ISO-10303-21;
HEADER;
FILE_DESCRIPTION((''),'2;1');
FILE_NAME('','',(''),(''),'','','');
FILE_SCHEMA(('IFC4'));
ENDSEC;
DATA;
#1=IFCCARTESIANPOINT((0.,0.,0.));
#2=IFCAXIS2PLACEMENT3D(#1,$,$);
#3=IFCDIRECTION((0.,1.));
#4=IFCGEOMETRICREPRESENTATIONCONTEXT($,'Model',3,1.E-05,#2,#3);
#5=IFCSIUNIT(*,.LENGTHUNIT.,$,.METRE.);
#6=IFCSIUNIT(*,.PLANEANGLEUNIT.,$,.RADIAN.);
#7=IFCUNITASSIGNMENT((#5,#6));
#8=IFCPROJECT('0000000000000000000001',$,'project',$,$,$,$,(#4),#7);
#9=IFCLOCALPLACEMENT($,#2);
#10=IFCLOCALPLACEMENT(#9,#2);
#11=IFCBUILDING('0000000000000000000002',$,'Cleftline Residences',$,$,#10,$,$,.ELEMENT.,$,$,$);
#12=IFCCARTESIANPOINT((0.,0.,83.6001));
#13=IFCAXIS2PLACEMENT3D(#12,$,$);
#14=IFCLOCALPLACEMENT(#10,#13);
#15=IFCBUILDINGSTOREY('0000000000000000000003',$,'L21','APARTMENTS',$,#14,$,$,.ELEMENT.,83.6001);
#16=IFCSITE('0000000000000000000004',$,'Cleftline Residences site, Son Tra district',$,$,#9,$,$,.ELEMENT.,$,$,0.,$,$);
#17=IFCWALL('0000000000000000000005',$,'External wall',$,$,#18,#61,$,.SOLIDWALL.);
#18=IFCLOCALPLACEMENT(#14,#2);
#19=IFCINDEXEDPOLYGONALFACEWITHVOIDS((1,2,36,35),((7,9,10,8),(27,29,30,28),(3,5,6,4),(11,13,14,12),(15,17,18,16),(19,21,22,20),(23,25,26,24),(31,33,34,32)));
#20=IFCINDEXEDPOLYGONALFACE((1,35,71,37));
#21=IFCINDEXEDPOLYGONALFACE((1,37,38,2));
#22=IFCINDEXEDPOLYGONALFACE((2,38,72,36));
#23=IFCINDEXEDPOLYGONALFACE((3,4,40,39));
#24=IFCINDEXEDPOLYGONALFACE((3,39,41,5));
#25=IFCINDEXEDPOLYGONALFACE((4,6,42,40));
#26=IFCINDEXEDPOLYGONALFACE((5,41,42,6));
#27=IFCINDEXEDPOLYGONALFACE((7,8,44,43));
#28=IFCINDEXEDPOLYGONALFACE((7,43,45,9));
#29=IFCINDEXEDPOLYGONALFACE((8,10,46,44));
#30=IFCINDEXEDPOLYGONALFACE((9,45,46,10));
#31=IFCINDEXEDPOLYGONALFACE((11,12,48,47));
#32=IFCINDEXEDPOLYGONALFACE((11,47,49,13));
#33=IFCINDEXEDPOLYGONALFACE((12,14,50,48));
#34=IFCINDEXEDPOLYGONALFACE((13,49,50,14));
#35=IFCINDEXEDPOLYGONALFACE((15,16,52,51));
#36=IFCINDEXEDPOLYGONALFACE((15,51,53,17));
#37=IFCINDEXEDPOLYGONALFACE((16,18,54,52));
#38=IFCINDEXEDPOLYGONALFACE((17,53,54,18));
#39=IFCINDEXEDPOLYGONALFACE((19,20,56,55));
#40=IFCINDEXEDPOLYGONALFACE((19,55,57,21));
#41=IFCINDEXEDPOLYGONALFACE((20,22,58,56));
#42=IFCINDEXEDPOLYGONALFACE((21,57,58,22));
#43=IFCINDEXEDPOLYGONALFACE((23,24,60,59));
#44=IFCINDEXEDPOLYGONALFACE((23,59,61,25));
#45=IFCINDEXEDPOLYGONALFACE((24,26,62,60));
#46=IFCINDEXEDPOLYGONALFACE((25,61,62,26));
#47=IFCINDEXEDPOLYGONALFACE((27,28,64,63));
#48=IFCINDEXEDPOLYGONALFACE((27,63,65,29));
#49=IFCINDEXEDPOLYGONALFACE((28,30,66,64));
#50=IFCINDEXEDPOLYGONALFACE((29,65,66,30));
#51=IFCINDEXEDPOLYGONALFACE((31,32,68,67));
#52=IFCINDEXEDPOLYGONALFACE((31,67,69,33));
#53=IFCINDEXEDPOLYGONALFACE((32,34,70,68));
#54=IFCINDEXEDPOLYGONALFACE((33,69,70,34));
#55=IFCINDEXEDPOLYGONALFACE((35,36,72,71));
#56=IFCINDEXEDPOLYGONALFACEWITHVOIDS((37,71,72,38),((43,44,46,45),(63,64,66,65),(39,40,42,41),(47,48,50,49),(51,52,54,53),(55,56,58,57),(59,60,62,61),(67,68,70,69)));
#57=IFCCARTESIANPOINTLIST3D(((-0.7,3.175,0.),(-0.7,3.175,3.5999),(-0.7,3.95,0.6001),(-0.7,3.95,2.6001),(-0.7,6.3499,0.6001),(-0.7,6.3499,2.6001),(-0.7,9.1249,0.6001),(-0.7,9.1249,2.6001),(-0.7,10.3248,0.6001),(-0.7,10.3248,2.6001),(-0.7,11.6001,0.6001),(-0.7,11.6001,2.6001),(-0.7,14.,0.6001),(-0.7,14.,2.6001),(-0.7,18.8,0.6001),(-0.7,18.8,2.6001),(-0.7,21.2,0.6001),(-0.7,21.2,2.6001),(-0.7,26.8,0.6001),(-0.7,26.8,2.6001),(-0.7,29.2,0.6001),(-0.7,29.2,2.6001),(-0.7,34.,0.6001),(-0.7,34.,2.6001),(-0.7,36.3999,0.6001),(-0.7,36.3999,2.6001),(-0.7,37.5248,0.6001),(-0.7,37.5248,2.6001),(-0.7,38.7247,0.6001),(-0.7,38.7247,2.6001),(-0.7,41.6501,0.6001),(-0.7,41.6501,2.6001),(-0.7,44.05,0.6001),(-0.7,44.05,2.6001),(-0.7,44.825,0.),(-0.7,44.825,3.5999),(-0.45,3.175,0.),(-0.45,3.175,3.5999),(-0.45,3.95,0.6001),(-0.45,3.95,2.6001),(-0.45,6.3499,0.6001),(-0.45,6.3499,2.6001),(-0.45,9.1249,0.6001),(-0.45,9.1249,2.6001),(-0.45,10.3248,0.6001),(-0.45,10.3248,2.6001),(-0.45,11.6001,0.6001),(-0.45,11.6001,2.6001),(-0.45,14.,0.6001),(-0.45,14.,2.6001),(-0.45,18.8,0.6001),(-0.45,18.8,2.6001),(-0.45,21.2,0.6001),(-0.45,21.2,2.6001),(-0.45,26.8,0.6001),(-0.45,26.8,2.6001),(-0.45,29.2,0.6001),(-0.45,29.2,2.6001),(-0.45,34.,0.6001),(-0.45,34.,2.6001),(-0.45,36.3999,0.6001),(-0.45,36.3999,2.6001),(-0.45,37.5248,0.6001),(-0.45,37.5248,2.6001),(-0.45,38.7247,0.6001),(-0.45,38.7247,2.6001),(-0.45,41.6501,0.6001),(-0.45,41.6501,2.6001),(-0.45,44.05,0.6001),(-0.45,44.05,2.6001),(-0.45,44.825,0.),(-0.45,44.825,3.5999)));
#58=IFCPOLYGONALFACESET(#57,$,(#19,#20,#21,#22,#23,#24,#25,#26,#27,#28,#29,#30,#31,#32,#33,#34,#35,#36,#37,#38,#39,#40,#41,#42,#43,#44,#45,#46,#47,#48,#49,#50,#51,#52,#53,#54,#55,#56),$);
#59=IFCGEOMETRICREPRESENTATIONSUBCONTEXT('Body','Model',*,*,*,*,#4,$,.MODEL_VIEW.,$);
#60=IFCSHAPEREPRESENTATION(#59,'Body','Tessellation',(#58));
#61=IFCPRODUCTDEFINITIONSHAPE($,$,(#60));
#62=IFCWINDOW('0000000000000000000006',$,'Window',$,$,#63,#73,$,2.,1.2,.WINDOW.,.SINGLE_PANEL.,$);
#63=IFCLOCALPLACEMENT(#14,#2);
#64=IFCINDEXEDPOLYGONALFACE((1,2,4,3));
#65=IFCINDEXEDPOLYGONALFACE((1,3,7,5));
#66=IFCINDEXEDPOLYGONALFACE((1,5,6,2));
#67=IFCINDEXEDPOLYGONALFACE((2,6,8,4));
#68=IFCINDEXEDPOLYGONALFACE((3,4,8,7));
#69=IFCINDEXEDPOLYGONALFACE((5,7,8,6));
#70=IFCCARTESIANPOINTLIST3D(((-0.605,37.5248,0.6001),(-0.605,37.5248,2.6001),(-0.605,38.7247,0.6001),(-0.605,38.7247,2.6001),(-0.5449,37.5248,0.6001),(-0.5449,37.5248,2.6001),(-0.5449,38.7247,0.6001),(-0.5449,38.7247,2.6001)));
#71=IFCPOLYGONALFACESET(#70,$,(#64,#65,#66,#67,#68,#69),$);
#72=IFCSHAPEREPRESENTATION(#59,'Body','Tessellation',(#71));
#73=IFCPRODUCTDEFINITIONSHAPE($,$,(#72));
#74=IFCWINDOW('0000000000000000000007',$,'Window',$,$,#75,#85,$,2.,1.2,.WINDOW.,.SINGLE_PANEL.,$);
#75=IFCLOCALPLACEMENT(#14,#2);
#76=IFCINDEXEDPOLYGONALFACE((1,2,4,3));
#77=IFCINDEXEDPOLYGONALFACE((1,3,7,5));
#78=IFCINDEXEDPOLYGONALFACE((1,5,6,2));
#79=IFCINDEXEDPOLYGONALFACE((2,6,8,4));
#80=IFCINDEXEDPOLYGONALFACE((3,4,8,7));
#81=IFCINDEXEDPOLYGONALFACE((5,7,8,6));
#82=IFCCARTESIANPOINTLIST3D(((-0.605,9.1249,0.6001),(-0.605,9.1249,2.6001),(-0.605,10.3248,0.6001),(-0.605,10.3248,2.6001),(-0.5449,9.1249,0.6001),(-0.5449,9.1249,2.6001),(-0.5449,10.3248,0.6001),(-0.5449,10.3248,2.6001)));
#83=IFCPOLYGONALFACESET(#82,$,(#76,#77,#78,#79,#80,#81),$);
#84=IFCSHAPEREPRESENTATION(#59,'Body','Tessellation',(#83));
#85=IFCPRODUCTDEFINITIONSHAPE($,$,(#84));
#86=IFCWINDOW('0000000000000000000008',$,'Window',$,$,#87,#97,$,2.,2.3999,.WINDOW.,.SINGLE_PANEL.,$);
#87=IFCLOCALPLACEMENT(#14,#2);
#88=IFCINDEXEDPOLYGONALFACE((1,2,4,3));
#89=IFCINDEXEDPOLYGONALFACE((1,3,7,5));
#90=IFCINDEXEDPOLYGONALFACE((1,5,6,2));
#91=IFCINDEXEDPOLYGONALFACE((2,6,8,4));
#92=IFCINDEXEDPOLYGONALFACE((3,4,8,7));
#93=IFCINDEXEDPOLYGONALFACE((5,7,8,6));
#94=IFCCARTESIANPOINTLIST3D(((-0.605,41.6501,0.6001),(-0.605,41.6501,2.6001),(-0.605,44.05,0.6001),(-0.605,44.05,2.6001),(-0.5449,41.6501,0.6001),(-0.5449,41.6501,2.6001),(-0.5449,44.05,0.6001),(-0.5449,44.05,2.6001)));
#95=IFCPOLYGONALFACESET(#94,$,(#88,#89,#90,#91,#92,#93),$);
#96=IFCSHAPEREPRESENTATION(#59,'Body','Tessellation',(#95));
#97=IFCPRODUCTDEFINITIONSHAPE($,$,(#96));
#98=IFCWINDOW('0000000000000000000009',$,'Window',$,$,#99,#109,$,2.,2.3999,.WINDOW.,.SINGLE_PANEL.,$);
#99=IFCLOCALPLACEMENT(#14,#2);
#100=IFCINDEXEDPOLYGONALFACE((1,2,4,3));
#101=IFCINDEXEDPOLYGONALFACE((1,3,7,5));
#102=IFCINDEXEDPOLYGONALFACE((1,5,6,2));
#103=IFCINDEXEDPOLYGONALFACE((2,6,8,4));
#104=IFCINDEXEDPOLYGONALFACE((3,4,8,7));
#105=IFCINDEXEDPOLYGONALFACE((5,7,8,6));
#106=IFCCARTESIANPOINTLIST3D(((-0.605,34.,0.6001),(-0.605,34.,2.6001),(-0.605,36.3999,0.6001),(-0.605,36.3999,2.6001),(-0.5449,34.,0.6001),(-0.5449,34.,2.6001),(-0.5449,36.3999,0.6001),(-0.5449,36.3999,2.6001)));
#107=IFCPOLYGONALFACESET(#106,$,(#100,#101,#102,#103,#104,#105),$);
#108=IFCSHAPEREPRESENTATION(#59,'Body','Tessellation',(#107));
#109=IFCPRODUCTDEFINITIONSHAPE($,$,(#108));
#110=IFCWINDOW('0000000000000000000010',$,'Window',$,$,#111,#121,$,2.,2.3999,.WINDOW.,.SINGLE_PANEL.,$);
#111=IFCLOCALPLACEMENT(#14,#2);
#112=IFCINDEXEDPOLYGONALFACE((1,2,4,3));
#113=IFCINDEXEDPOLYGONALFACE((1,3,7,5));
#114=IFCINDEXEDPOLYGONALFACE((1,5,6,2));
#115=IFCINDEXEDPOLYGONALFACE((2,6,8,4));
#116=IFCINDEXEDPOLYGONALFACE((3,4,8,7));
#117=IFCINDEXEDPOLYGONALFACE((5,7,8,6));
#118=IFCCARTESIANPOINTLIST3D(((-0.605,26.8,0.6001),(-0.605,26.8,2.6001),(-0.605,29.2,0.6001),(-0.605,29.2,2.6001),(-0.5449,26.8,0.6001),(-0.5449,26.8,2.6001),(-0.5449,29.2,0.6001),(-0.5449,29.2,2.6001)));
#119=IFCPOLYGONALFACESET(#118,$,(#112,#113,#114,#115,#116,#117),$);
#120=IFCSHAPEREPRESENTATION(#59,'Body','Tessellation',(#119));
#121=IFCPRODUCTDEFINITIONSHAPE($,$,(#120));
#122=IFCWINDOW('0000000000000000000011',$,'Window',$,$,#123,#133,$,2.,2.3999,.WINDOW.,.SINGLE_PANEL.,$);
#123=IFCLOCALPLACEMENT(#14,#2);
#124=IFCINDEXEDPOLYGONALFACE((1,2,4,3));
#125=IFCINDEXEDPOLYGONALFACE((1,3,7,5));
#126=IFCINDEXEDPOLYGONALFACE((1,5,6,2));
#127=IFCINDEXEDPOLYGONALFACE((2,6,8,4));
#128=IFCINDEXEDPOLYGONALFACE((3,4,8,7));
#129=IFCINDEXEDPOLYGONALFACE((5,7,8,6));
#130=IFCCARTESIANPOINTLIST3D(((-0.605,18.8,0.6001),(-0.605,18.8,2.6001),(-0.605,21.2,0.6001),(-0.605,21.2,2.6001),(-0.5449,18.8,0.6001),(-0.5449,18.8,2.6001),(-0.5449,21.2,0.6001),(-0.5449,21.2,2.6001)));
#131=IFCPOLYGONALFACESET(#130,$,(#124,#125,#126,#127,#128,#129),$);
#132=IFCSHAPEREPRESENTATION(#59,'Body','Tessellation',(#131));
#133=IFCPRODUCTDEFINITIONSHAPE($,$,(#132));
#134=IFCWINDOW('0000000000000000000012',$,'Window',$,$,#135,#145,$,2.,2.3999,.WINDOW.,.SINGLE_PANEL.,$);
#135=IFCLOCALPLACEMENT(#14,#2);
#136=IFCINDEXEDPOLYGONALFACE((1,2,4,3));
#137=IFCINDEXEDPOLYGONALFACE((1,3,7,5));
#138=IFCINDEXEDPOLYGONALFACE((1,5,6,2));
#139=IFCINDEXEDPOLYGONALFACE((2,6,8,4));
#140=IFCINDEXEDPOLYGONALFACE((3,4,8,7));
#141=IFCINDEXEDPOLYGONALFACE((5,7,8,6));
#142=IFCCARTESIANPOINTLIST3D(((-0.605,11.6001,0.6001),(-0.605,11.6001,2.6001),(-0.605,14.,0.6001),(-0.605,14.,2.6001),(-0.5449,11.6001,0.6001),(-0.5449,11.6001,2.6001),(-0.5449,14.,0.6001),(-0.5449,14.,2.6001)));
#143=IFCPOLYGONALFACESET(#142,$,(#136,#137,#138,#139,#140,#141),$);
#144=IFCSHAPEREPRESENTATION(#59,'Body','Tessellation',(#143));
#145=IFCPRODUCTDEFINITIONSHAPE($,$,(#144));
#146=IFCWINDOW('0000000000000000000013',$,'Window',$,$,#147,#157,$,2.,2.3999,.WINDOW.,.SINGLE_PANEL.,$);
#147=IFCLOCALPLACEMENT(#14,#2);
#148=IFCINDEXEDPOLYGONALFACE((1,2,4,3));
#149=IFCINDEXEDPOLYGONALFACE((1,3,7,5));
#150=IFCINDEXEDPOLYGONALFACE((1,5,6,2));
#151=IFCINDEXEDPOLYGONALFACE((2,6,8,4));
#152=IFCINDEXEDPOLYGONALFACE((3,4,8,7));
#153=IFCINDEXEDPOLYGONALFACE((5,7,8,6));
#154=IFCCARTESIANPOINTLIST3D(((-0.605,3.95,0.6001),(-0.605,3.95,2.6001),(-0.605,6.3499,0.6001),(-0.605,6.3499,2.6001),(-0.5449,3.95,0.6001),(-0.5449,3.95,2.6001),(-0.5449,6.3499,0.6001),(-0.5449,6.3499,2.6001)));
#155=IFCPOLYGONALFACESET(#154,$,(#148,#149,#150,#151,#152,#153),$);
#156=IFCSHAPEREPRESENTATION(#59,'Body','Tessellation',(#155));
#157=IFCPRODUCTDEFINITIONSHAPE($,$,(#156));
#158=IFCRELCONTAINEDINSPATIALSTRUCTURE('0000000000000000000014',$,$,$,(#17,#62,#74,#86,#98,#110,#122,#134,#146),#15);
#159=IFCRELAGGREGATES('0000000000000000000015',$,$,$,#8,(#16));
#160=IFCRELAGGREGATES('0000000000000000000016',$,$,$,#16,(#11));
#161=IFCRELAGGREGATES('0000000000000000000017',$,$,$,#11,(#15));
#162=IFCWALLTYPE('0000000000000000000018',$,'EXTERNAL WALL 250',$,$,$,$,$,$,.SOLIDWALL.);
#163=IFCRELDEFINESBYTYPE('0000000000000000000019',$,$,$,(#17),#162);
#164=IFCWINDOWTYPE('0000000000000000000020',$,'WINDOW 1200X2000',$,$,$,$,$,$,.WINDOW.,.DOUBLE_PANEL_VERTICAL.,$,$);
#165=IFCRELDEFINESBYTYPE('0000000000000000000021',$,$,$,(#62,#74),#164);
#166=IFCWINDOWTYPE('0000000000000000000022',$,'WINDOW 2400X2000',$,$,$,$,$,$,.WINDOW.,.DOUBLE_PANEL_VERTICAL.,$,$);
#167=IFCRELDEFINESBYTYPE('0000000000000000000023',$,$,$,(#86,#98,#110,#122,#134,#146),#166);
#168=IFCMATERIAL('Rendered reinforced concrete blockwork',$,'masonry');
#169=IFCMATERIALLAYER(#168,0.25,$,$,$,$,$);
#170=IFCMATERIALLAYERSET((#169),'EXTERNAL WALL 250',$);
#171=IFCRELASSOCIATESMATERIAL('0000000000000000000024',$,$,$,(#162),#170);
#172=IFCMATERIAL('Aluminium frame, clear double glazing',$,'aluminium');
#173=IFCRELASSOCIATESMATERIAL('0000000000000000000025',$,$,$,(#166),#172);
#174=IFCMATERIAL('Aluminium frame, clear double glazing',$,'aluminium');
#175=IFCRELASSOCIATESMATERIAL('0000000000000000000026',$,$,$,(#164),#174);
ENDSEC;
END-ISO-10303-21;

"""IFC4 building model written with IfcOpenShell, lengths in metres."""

from ifc_helpers import new_model, si_unit, direction, frame, frame_2d, origin, place, context, subcontext, project, spatial, rectangle, extrude, material, layer, layer_set, type_object, element, fill, save


model = new_model("IFC4")

# Units and contexts
model_context = context("Model", 3, precision=1e-05, world=origin(), true_north=direction((0.0, 1.0)))
body_context = subcontext(model_context, "Body", "Model", "MODEL_VIEW")
ifc_project = project(units=[si_unit("LENGTHUNIT", "METRE"), si_unit("PLANEANGLEUNIT", "RADIAN")], contexts=[model_context])

# Site, building, storey
site_placement = place(None, origin())
site = spatial("IfcSite", under=ifc_project, at=site_placement, Name="Cleftline Residences site, Son Tra district", CompositionType="ELEMENT", RefElevation=0.0)
building_placement = place(site_placement, origin())
building = spatial("IfcBuilding", under=site, at=building_placement, Name="Cleftline Residences", CompositionType="ELEMENT")
storey_placement = place(building_placement, frame((0.0, 0.0, 83.6001)))
storey = spatial("IfcBuildingStorey", under=building, at=storey_placement, Name="L21", Description="APARTMENTS", CompositionType="ELEMENT", Elevation=83.6001)

# Shared definitions
ifc_material_1 = material(Name="Rendered reinforced concrete blockwork", Category="masonry")
ifc_layer_1 = layer(ifc_material_1, 0.25)
ifc_layer_set_1 = layer_set([ifc_layer_1], Name="EXTERNAL WALL 250")
wall_type_1 = type_object("IfcWallType", Name="EXTERNAL WALL 250", PredefinedType="SOLIDWALL", material=ifc_layer_set_1)
ifc_material_2 = material(Name="Aluminium frame, clear double glazing", Category="aluminium")
window_type_1 = type_object("IfcWindowType", Name="WINDOW 2400X2000", PartitioningType="DOUBLE_PANEL_VERTICAL", PredefinedType="WINDOW", material=ifc_material_2)

# Wall, openings, windows
wall_1_placement = place(storey_placement, frame((-0.575, 44.825, 0.0), z_axis=(0.0, 0.0, 1.0), x_axis=(0.0, -1.0, 0.0)))
wall_1 = element("IfcWall", 1, at=wall_1_placement, inside=storey, type_object=wall_type_1, Name="External wall", PredefinedType="SOLIDWALL", context=body_context, shape_type="SweptSolid", body=[
    extrude(rectangle(XDim=41.6499, YDim=0.25, at=frame_2d((20.825, 0.0))), origin(), (0.0, 0.0, 1.0), 3.5999),
])
opening_1_placement = place(wall_1_placement, frame((0.7749, 0.0, 0.6001)))
opening_1 = element("IfcOpeningElement", 2, at=opening_1_placement, cuts=wall_1, PredefinedType="OPENING", context=body_context, shape_type="SweptSolid", body=[
    extrude(rectangle(XDim=2.3999, YDim=2.0, at=frame_2d((1.2, 1.0))), frame((0.0, 0.135, 0.0), z_axis=(0.0, -1.0, 0.0), x_axis=(1.0, 0.0, 0.0)), (0.0, 0.0, 1.0), 0.27),
])
opening_2_placement = place(wall_1_placement, frame((6.1001, 0.0, 0.6001)))
opening_2 = element("IfcOpeningElement", 3, at=opening_2_placement, cuts=wall_1, PredefinedType="OPENING", context=body_context, shape_type="SweptSolid", body=[
    extrude(rectangle(XDim=1.2, YDim=2.0, at=frame_2d((0.6001, 1.0))), frame((0.0, 0.135, 0.0), z_axis=(0.0, -1.0, 0.0), x_axis=(1.0, 0.0, 0.0)), (0.0, 0.0, 1.0), 0.27),
])
opening_3_placement = place(wall_1_placement, frame((8.425, 0.0, 0.6001)))
opening_3 = element("IfcOpeningElement", 4, at=opening_3_placement, cuts=wall_1, PredefinedType="OPENING", context=body_context, shape_type="SweptSolid", body=[
    extrude(rectangle(XDim=2.3999, YDim=2.0, at=frame_2d((1.2, 1.0))), frame((0.0, 0.135, 0.0), z_axis=(0.0, -1.0, 0.0), x_axis=(1.0, 0.0, 0.0)), (0.0, 0.0, 1.0), 0.27),
])
opening_4_placement = place(wall_1_placement, frame((15.625, 0.0, 0.6001)))
opening_4 = element("IfcOpeningElement", 5, at=opening_4_placement, cuts=wall_1, PredefinedType="OPENING", context=body_context, shape_type="SweptSolid", body=[
    extrude(rectangle(XDim=2.3999, YDim=2.0, at=frame_2d((1.2, 1.0))), frame((0.0, 0.135, 0.0), z_axis=(0.0, -1.0, 0.0), x_axis=(1.0, 0.0, 0.0)), (0.0, 0.0, 1.0), 0.27),
])
opening_5_placement = place(wall_1_placement, frame((23.625, 0.0, 0.6001)))
opening_5 = element("IfcOpeningElement", 6, at=opening_5_placement, cuts=wall_1, PredefinedType="OPENING", context=body_context, shape_type="SweptSolid", body=[
    extrude(rectangle(XDim=2.3999, YDim=2.0, at=frame_2d((1.2, 1.0))), frame((0.0, 0.135, 0.0), z_axis=(0.0, -1.0, 0.0), x_axis=(1.0, 0.0, 0.0)), (0.0, 0.0, 1.0), 0.27),
])
opening_6_placement = place(wall_1_placement, frame((30.825, 0.0, 0.6001)))
opening_6 = element("IfcOpeningElement", 7, at=opening_6_placement, cuts=wall_1, PredefinedType="OPENING", context=body_context, shape_type="SweptSolid", body=[
    extrude(rectangle(XDim=2.3999, YDim=2.0, at=frame_2d((1.2, 1.0))), frame((0.0, 0.135, 0.0), z_axis=(0.0, -1.0, 0.0), x_axis=(1.0, 0.0, 0.0)), (0.0, 0.0, 1.0), 0.27),
])
opening_7_placement = place(wall_1_placement, frame((34.5, 0.0, 0.6001)))
opening_7 = element("IfcOpeningElement", 8, at=opening_7_placement, cuts=wall_1, PredefinedType="OPENING", context=body_context, shape_type="SweptSolid", body=[
    extrude(rectangle(XDim=1.2, YDim=2.0, at=frame_2d((0.6001, 1.0))), frame((0.0, 0.135, 0.0), z_axis=(0.0, -1.0, 0.0), x_axis=(1.0, 0.0, 0.0)), (0.0, 0.0, 1.0), 0.27),
])
opening_8_placement = place(wall_1_placement, frame((38.4751, 0.0, 0.6001)))
opening_8 = element("IfcOpeningElement", 9, at=opening_8_placement, cuts=wall_1, PredefinedType="OPENING", context=body_context, shape_type="SweptSolid", body=[
    extrude(rectangle(XDim=2.3999, YDim=2.0, at=frame_2d((1.2, 1.0))), frame((0.0, 0.135, 0.0), z_axis=(0.0, -1.0, 0.0), x_axis=(1.0, 0.0, 0.0)), (0.0, 0.0, 1.0), 0.27),
])
ifc_material_3 = material(Name="Aluminium frame, clear double glazing", Category="aluminium")
window_type_2 = type_object("IfcWindowType", Name="WINDOW 1200X2000", PartitioningType="DOUBLE_PANEL_VERTICAL", PredefinedType="WINDOW", material=ifc_material_3)
window_1_placement = place(opening_2_placement, origin())
window_1 = element("IfcWindow", 10, at=window_1_placement, inside=storey, type_object=window_type_2, Name="Window", OverallHeight=2.0, OverallWidth=1.2, PartitioningType="SINGLE_PANEL", PredefinedType="WINDOW", context=body_context, shape_type="SweptSolid", body=[
    extrude(rectangle(XDim=1.2, YDim=2.0, at=frame_2d((0.6001, 1.0))), frame((0.0, 0.03, 0.0), z_axis=(0.0, -1.0, 0.0), x_axis=(1.0, 0.0, 0.0)), (0.0, 0.0, 1.0), 0.0601),
])
fill(opening_2, window_1)
window_2_placement = place(opening_7_placement, origin())
window_2 = element("IfcWindow", 11, at=window_2_placement, inside=storey, type_object=window_type_2, Name="Window", OverallHeight=2.0, OverallWidth=1.2, PartitioningType="SINGLE_PANEL", PredefinedType="WINDOW", context=body_context, shape_type="SweptSolid", body=[
    extrude(rectangle(XDim=1.2, YDim=2.0, at=frame_2d((0.6001, 1.0))), frame((0.0, 0.03, 0.0), z_axis=(0.0, -1.0, 0.0), x_axis=(1.0, 0.0, 0.0)), (0.0, 0.0, 1.0), 0.0601),
])
fill(opening_7, window_2)
window_3_placement = place(opening_1_placement, origin())
window_3 = element("IfcWindow", 12, at=window_3_placement, inside=storey, type_object=window_type_1, Name="Window", OverallHeight=2.0, OverallWidth=2.3999, PartitioningType="SINGLE_PANEL", PredefinedType="WINDOW", context=body_context, shape_type="SweptSolid", body=[
    extrude(rectangle(XDim=2.3999, YDim=2.0, at=frame_2d((1.2, 1.0))), frame((0.0, 0.03, 0.0), z_axis=(0.0, -1.0, 0.0), x_axis=(1.0, 0.0, 0.0)), (0.0, 0.0, 1.0), 0.0601),
])
fill(opening_1, window_3)
window_4_placement = place(opening_3_placement, origin())
window_4 = element("IfcWindow", 13, at=window_4_placement, inside=storey, type_object=window_type_1, Name="Window", OverallHeight=2.0, OverallWidth=2.3999, PartitioningType="SINGLE_PANEL", PredefinedType="WINDOW", context=body_context, shape_type="SweptSolid", body=[
    extrude(rectangle(XDim=2.3999, YDim=2.0, at=frame_2d((1.2, 1.0))), frame((0.0, 0.03, 0.0), z_axis=(0.0, -1.0, 0.0), x_axis=(1.0, 0.0, 0.0)), (0.0, 0.0, 1.0), 0.0601),
])
fill(opening_3, window_4)
window_5_placement = place(opening_4_placement, origin())
window_5 = element("IfcWindow", 14, at=window_5_placement, inside=storey, type_object=window_type_1, Name="Window", OverallHeight=2.0, OverallWidth=2.3999, PartitioningType="SINGLE_PANEL", PredefinedType="WINDOW", context=body_context, shape_type="SweptSolid", body=[
    extrude(rectangle(XDim=2.3999, YDim=2.0, at=frame_2d((1.2, 1.0))), frame((0.0, 0.03, 0.0), z_axis=(0.0, -1.0, 0.0), x_axis=(1.0, 0.0, 0.0)), (0.0, 0.0, 1.0), 0.0601),
])
fill(opening_4, window_5)
window_6_placement = place(opening_5_placement, origin())
window_6 = element("IfcWindow", 15, at=window_6_placement, inside=storey, type_object=window_type_1, Name="Window", OverallHeight=2.0, OverallWidth=2.3999, PartitioningType="SINGLE_PANEL", PredefinedType="WINDOW", context=body_context, shape_type="SweptSolid", body=[
    extrude(rectangle(XDim=2.3999, YDim=2.0, at=frame_2d((1.2, 1.0))), frame((0.0, 0.03, 0.0), z_axis=(0.0, -1.0, 0.0), x_axis=(1.0, 0.0, 0.0)), (0.0, 0.0, 1.0), 0.0601),
])
fill(opening_5, window_6)
window_7_placement = place(opening_6_placement, origin())
window_7 = element("IfcWindow", 16, at=window_7_placement, inside=storey, type_object=window_type_1, Name="Window", OverallHeight=2.0, OverallWidth=2.3999, PartitioningType="SINGLE_PANEL", PredefinedType="WINDOW", context=body_context, shape_type="SweptSolid", body=[
    extrude(rectangle(XDim=2.3999, YDim=2.0, at=frame_2d((1.2, 1.0))), frame((0.0, 0.03, 0.0), z_axis=(0.0, -1.0, 0.0), x_axis=(1.0, 0.0, 0.0)), (0.0, 0.0, 1.0), 0.0601),
])
fill(opening_6, window_7)
window_8_placement = place(opening_8_placement, origin())
window_8 = element("IfcWindow", 17, at=window_8_placement, inside=storey, type_object=window_type_1, Name="Window", OverallHeight=2.0, OverallWidth=2.3999, PartitioningType="SINGLE_PANEL", PredefinedType="WINDOW", context=body_context, shape_type="SweptSolid", body=[
    extrude(rectangle(XDim=2.3999, YDim=2.0, at=frame_2d((1.2, 1.0))), frame((0.0, 0.03, 0.0), z_axis=(0.0, -1.0, 0.0), x_axis=(1.0, 0.0, 0.0)), (0.0, 0.0, 1.0), 0.0601),
])
fill(opening_8, window_8)

save(model, "model.ifc")
